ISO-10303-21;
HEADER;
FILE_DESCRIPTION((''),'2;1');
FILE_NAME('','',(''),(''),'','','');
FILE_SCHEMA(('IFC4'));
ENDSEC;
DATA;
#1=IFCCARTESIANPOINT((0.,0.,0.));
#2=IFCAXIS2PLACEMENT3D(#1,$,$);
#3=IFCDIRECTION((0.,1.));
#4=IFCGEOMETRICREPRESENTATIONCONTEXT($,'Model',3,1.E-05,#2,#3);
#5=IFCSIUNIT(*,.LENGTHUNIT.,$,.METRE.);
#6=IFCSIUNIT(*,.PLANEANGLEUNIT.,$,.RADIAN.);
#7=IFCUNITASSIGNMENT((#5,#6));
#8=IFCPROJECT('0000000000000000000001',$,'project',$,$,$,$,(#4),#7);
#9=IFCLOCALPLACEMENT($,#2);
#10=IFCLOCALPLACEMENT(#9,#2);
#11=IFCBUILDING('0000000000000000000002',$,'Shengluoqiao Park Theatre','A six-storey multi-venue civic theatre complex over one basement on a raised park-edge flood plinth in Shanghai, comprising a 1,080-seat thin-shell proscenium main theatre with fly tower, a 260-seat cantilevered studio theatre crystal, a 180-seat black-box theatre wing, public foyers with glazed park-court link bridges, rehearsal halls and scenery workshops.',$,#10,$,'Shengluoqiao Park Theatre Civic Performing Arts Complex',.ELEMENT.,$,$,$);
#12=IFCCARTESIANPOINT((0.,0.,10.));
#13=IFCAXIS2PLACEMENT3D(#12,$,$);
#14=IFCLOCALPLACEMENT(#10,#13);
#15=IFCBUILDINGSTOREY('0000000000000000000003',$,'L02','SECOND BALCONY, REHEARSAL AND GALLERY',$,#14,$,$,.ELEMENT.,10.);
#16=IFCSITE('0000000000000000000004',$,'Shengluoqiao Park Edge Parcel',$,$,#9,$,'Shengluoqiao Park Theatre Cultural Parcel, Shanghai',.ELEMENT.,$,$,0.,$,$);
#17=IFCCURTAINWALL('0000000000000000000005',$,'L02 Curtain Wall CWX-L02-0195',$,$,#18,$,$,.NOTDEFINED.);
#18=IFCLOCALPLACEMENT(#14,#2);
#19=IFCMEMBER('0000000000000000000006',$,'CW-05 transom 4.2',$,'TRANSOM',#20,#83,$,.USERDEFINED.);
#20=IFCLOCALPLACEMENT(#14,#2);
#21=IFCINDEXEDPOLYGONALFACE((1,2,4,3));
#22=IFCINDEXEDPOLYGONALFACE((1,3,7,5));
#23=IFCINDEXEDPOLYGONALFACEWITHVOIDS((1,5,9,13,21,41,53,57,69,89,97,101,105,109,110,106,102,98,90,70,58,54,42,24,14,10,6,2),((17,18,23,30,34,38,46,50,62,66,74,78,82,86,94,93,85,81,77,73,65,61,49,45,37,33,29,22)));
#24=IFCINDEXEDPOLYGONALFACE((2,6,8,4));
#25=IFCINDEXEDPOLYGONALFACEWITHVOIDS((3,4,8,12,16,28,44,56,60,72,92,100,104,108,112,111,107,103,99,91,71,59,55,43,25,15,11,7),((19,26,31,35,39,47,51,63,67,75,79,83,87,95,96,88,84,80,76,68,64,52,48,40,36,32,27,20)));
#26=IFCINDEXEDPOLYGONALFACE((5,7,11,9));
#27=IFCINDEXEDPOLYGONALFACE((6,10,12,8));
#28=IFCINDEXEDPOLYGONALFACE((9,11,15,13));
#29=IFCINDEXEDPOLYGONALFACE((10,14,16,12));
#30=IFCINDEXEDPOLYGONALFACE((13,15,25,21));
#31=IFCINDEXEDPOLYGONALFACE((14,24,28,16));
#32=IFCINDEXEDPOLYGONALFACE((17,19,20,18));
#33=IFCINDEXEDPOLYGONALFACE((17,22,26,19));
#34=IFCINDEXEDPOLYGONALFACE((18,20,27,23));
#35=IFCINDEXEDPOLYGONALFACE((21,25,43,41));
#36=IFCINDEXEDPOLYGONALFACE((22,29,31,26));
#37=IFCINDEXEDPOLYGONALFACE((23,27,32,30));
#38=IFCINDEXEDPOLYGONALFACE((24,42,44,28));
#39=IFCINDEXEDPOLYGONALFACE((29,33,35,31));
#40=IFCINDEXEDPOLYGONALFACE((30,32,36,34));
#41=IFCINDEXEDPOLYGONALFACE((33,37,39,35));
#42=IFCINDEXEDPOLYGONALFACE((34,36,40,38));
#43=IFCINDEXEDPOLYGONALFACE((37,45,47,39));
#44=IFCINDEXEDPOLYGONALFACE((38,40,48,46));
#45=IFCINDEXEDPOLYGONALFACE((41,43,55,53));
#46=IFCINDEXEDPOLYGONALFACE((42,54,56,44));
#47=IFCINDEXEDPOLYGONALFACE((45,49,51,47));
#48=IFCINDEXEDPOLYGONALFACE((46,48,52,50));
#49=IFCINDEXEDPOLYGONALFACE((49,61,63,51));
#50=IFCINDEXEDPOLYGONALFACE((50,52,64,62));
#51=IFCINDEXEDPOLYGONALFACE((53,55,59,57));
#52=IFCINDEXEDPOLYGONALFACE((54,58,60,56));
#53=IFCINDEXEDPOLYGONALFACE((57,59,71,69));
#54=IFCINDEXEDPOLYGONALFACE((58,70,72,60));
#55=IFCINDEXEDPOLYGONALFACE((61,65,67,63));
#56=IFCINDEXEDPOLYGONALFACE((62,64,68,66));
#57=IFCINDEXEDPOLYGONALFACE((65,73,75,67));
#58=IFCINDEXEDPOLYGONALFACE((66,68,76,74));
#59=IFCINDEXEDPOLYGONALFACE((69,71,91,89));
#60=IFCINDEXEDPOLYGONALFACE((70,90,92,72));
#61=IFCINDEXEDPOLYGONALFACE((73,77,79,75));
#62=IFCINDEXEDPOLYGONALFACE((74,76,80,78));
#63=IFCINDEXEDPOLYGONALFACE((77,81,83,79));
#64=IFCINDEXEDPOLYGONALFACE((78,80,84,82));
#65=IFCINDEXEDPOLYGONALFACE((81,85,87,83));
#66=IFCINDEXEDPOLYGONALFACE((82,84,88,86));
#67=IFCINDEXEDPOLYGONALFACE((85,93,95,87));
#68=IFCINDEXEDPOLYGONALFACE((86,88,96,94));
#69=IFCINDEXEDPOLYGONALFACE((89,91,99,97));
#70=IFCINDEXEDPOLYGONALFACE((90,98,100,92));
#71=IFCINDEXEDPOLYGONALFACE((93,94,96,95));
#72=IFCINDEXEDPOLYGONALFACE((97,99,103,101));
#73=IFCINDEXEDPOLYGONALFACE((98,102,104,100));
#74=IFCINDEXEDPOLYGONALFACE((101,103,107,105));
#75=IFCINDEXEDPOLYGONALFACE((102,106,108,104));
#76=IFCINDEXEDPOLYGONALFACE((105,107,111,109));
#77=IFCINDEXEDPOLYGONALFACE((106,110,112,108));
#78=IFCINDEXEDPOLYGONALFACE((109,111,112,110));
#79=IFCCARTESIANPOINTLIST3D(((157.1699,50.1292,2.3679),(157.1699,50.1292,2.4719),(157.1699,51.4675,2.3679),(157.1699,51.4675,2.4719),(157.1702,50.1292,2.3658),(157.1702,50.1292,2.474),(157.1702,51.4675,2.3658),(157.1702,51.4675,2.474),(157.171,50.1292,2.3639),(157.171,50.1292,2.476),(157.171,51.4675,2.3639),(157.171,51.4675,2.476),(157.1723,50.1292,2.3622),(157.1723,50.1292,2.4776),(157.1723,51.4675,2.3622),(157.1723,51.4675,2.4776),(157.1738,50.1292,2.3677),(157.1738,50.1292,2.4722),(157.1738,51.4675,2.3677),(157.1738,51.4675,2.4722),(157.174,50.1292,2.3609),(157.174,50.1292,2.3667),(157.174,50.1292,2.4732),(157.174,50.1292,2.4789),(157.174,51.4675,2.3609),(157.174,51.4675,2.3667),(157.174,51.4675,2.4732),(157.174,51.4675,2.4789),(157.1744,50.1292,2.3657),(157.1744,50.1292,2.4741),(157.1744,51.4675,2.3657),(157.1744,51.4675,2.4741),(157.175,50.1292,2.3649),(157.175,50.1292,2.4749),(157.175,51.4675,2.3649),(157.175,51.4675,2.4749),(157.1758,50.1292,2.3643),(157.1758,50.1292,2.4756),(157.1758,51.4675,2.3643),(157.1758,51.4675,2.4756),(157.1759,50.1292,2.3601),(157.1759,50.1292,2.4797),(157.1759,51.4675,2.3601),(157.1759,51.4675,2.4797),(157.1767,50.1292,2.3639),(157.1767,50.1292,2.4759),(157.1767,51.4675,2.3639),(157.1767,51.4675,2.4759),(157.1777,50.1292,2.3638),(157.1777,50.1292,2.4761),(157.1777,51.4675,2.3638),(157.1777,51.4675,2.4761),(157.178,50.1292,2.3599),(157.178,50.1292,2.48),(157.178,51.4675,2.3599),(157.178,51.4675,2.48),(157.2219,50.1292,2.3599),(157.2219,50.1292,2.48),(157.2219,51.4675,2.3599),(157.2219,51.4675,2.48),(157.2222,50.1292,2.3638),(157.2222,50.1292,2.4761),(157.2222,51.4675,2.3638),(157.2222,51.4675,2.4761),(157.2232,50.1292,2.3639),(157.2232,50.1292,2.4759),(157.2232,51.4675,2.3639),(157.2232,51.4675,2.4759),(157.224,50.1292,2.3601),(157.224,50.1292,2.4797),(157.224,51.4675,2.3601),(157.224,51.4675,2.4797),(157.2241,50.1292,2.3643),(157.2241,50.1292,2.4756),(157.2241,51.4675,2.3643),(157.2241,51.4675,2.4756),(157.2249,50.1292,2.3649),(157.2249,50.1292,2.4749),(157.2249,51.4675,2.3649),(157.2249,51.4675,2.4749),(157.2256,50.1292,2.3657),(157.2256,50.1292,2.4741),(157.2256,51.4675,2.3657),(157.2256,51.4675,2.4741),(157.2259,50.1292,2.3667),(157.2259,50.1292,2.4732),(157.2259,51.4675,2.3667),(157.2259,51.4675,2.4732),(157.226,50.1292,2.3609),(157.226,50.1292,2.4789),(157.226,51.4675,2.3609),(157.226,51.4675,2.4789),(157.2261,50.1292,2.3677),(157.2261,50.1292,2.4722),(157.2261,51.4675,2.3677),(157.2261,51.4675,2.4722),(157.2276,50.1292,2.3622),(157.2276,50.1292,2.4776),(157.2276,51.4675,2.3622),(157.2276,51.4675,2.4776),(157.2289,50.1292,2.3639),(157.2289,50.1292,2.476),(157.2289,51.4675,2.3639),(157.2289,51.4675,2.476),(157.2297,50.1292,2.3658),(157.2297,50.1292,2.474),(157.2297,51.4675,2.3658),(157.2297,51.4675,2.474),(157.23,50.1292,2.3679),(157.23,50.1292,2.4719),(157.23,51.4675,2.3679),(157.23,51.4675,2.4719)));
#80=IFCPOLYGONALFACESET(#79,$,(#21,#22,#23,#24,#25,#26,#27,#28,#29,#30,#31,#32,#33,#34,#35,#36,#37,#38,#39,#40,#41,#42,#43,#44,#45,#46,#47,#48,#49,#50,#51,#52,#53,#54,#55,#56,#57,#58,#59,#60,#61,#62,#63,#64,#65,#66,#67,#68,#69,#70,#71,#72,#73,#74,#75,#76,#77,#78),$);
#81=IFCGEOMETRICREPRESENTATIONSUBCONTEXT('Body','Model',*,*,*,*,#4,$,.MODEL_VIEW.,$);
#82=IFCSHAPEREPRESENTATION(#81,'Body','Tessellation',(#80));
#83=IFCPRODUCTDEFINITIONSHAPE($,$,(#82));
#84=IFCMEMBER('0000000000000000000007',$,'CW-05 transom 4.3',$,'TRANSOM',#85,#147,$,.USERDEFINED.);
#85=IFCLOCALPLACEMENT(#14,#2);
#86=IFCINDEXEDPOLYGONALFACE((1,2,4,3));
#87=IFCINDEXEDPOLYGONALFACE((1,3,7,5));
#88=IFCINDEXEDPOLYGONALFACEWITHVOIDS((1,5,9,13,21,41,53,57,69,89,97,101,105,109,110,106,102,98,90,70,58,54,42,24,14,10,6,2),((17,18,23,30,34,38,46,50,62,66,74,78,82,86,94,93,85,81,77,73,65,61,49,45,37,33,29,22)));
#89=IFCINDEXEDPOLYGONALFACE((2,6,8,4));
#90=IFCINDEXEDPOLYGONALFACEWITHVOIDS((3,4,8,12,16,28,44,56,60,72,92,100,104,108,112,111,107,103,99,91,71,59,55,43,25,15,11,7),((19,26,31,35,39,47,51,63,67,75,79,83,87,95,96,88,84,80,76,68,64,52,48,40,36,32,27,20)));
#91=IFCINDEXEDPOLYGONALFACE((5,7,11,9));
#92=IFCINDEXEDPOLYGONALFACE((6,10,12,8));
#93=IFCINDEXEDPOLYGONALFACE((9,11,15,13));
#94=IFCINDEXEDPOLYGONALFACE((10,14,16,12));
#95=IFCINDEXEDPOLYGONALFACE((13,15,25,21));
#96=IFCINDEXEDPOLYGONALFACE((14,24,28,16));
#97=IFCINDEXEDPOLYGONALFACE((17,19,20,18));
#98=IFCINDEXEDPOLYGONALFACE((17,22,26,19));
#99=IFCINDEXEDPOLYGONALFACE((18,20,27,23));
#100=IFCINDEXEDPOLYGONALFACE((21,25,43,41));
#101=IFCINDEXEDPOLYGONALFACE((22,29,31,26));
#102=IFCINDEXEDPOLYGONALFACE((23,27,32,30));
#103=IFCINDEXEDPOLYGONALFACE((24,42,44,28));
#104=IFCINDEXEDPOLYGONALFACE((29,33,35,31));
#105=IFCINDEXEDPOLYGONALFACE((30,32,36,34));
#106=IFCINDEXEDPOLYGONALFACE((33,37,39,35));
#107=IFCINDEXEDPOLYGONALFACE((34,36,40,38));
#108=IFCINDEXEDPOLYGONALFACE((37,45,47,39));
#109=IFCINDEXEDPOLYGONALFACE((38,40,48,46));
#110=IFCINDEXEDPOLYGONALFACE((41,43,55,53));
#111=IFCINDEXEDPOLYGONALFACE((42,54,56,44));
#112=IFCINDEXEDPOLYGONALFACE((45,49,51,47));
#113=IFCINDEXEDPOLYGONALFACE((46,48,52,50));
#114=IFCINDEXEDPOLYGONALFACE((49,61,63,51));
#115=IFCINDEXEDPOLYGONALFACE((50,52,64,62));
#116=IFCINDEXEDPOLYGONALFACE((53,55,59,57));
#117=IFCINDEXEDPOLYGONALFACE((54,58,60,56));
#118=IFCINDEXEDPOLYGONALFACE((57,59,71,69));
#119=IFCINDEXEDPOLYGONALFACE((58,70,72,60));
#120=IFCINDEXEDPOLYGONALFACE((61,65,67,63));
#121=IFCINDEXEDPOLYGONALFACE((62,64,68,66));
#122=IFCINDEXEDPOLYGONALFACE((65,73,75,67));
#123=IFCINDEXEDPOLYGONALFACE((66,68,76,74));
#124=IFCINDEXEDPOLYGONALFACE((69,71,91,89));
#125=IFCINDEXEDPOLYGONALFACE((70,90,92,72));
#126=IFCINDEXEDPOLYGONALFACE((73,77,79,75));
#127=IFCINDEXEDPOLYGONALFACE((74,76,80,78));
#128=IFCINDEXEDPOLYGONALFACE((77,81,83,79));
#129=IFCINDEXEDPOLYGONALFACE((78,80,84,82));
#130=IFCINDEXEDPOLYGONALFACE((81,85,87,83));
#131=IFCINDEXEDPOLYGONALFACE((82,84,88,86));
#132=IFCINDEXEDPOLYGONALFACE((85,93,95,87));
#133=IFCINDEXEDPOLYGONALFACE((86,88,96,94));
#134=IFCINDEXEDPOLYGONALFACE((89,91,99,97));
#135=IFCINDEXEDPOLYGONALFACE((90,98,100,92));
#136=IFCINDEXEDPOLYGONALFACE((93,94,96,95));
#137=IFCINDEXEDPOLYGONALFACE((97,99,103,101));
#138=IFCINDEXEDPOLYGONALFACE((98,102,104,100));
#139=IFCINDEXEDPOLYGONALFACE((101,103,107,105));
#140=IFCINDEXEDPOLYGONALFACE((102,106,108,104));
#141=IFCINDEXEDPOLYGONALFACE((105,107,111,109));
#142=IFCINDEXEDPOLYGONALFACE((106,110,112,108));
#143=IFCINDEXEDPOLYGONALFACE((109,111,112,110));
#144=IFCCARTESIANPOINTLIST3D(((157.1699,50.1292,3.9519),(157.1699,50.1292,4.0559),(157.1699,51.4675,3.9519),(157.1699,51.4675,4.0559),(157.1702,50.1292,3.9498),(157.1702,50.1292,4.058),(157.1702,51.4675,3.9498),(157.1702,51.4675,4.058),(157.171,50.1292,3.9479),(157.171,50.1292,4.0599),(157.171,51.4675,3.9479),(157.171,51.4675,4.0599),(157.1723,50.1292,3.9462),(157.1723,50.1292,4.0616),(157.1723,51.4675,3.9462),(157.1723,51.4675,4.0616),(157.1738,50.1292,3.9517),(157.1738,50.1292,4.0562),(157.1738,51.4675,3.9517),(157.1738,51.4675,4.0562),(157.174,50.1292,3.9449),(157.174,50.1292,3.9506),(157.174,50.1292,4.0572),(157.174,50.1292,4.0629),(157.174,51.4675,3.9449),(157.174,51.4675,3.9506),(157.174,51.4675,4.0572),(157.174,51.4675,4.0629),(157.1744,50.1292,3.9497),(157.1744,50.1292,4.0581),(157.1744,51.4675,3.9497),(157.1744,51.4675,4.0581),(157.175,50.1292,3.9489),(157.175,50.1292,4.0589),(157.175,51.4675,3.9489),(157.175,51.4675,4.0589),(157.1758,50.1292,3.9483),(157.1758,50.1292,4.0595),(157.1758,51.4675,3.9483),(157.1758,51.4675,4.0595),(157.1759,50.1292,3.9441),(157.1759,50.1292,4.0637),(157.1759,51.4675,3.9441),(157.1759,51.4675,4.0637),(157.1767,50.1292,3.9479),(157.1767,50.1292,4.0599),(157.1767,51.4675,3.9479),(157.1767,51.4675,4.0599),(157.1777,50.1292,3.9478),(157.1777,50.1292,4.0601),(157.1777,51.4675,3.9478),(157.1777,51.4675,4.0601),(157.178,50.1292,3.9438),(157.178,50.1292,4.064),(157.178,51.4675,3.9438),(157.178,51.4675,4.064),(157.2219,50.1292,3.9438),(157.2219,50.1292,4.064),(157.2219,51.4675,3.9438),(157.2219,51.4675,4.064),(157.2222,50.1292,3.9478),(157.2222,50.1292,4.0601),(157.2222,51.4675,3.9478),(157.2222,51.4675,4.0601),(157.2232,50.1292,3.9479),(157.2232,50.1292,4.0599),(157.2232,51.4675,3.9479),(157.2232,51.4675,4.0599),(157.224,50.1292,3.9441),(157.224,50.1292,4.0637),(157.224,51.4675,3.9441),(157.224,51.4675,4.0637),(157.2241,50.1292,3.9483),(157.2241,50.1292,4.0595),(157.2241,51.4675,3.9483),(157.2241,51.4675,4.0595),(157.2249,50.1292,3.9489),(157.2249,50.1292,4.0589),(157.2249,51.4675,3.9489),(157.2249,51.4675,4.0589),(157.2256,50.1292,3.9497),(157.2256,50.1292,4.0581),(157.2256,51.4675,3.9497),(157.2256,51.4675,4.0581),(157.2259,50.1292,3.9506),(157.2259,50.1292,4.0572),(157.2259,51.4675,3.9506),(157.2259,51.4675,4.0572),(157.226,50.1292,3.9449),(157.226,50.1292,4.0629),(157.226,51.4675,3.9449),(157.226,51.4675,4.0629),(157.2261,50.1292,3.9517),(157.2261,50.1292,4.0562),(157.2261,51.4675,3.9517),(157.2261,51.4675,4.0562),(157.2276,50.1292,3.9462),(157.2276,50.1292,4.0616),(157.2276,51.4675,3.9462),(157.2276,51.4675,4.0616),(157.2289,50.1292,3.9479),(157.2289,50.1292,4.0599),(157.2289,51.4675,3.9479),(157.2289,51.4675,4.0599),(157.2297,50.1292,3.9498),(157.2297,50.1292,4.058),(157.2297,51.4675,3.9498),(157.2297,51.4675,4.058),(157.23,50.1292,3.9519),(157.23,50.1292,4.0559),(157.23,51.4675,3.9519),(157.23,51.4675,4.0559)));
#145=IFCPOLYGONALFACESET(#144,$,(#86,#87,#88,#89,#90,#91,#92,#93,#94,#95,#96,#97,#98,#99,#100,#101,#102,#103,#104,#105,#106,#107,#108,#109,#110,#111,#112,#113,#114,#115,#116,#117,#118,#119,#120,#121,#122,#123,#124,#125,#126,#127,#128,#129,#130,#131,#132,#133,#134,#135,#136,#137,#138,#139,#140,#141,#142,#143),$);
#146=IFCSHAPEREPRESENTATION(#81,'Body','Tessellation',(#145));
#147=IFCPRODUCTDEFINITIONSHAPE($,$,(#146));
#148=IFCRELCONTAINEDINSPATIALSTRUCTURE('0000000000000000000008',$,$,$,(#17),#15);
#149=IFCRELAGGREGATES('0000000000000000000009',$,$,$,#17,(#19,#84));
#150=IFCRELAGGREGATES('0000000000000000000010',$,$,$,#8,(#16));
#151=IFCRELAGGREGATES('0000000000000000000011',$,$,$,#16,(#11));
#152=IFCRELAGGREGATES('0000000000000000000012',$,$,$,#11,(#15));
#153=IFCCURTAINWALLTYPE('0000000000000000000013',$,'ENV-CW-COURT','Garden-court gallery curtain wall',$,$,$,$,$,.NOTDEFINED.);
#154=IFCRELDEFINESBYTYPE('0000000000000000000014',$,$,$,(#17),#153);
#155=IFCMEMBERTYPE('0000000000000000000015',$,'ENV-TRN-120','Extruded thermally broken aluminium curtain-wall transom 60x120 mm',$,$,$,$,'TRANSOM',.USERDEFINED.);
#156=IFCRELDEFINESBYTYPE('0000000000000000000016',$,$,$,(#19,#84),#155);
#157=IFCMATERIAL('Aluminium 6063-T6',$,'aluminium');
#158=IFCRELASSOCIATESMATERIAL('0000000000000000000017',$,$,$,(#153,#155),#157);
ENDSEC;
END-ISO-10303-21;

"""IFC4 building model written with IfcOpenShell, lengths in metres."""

from ifc_helpers import new_model, si_unit, direction, frame, origin, origin_2d, place, context, subcontext, project, spatial, hollow_rectangle, extrude, material, material_profile, profile_set, type_object, element, aggregate, save


model = new_model("IFC4")

# Units and contexts
model_context = context("Model", 3, precision=1e-05, world=origin(), true_north=direction((0.0, 1.0)))
body_context = subcontext(model_context, "Body", "Model", "MODEL_VIEW")
ifc_project = project(units=[si_unit("LENGTHUNIT", "METRE"), si_unit("PLANEANGLEUNIT", "RADIAN")], contexts=[model_context])

# Site, building, storey
site_placement = place(None, origin())
site = spatial("IfcSite", under=ifc_project, at=site_placement, Name="Shengluoqiao Park Edge Parcel", LongName="Shengluoqiao Park Theatre Cultural Parcel, Shanghai", CompositionType="ELEMENT", RefElevation=0.0)
building_placement = place(site_placement, origin())
building = spatial("IfcBuilding", under=site, at=building_placement, Name="Shengluoqiao Park Theatre", Description="A six-storey multi-venue civic theatre complex over one basement on a raised park-edge flood plinth in Shanghai, comprising a 1,080-seat thin-shell proscenium main theatre with fly tower, a 260-seat cantilevered studio theatre crystal, a 180-seat black-box theatre wing, public foyers with glazed park-court link bridges, rehearsal halls and scenery workshops.", LongName="Shengluoqiao Park Theatre Civic Performing Arts Complex", CompositionType="ELEMENT")
storey_placement = place(building_placement, frame((0.0, 0.0, 10.0)))
storey = spatial("IfcBuildingStorey", under=building, at=storey_placement, Name="L02", Description="SECOND BALCONY, REHEARSAL AND GALLERY", CompositionType="ELEMENT", Elevation=10.0)

# Curtain wall, members
ifc_material_1 = material(Name="Aluminium 6063-T6", Category="aluminium")
curtain_wall_type = type_object("IfcCurtainWallType", Name="ENV-CW-COURT", Description="Garden-court gallery curtain wall", PredefinedType="NOTDEFINED", material=ifc_material_1)
curtain_wall_placement = place(storey_placement, origin())
curtain_wall = element("IfcCurtainWall", 1, at=curtain_wall_placement, inside=storey, type_object=curtain_wall_type, Name="L02 Curtain Wall CWX-L02-0195", PredefinedType="NOTDEFINED")
ifc_material_profile_1 = material_profile(ifc_material_1, hollow_rectangle(XDim=0.0601, YDim=0.1201, WallThickness=0.0039, InnerFilletRadius=0.0039, OuterFilletRadius=0.0081, at=origin_2d()), Name="ALU TRANSOM 120x60x4")
ifc_profile_set_1 = profile_set([ifc_material_profile_1], Name="Aluminium 6063-T6")
member_type_1 = type_object("IfcMemberType", Name="ENV-TRN-120", Description="Extruded thermally broken aluminium curtain-wall transom 60x120 mm", ElementType="TRANSOM", PredefinedType="USERDEFINED", material=ifc_profile_set_1)
member_1_placement = place(storey_placement, frame((157.2, 50.1292, 2.4199), z_axis=(0.0, 1.0, 0.0), x_axis=(-1.0, 0.0, 0.0)))
member_1 = element("IfcMember", 2, at=member_1_placement, type_object=member_type_1, Name="CW-05 transom 4.2", ObjectType="TRANSOM", PredefinedType="USERDEFINED", context=body_context, shape_type="SweptSolid", body=[
    extrude(hollow_rectangle(XDim=0.0601, YDim=0.1201, WallThickness=0.0039, InnerFilletRadius=0.0039, OuterFilletRadius=0.0081, at=origin_2d()), origin(), (0.0, 0.0, 1.0), 1.3384),
])
member_2_placement = place(storey_placement, frame((157.2, 50.1292, 4.0039), z_axis=(0.0, 1.0, 0.0), x_axis=(-1.0, 0.0, 0.0)))
member_2 = element("IfcMember", 3, at=member_2_placement, type_object=member_type_1, Name="CW-05 transom 4.3", ObjectType="TRANSOM", PredefinedType="USERDEFINED", context=body_context, shape_type="SweptSolid", body=[
    extrude(hollow_rectangle(XDim=0.0601, YDim=0.1201, WallThickness=0.0039, InnerFilletRadius=0.0039, OuterFilletRadius=0.0081, at=origin_2d()), origin(), (0.0, 0.0, 1.0), 1.3384),
])

aggregate(curtain_wall, [member_1, member_2])

save(model, "model.ifc")
